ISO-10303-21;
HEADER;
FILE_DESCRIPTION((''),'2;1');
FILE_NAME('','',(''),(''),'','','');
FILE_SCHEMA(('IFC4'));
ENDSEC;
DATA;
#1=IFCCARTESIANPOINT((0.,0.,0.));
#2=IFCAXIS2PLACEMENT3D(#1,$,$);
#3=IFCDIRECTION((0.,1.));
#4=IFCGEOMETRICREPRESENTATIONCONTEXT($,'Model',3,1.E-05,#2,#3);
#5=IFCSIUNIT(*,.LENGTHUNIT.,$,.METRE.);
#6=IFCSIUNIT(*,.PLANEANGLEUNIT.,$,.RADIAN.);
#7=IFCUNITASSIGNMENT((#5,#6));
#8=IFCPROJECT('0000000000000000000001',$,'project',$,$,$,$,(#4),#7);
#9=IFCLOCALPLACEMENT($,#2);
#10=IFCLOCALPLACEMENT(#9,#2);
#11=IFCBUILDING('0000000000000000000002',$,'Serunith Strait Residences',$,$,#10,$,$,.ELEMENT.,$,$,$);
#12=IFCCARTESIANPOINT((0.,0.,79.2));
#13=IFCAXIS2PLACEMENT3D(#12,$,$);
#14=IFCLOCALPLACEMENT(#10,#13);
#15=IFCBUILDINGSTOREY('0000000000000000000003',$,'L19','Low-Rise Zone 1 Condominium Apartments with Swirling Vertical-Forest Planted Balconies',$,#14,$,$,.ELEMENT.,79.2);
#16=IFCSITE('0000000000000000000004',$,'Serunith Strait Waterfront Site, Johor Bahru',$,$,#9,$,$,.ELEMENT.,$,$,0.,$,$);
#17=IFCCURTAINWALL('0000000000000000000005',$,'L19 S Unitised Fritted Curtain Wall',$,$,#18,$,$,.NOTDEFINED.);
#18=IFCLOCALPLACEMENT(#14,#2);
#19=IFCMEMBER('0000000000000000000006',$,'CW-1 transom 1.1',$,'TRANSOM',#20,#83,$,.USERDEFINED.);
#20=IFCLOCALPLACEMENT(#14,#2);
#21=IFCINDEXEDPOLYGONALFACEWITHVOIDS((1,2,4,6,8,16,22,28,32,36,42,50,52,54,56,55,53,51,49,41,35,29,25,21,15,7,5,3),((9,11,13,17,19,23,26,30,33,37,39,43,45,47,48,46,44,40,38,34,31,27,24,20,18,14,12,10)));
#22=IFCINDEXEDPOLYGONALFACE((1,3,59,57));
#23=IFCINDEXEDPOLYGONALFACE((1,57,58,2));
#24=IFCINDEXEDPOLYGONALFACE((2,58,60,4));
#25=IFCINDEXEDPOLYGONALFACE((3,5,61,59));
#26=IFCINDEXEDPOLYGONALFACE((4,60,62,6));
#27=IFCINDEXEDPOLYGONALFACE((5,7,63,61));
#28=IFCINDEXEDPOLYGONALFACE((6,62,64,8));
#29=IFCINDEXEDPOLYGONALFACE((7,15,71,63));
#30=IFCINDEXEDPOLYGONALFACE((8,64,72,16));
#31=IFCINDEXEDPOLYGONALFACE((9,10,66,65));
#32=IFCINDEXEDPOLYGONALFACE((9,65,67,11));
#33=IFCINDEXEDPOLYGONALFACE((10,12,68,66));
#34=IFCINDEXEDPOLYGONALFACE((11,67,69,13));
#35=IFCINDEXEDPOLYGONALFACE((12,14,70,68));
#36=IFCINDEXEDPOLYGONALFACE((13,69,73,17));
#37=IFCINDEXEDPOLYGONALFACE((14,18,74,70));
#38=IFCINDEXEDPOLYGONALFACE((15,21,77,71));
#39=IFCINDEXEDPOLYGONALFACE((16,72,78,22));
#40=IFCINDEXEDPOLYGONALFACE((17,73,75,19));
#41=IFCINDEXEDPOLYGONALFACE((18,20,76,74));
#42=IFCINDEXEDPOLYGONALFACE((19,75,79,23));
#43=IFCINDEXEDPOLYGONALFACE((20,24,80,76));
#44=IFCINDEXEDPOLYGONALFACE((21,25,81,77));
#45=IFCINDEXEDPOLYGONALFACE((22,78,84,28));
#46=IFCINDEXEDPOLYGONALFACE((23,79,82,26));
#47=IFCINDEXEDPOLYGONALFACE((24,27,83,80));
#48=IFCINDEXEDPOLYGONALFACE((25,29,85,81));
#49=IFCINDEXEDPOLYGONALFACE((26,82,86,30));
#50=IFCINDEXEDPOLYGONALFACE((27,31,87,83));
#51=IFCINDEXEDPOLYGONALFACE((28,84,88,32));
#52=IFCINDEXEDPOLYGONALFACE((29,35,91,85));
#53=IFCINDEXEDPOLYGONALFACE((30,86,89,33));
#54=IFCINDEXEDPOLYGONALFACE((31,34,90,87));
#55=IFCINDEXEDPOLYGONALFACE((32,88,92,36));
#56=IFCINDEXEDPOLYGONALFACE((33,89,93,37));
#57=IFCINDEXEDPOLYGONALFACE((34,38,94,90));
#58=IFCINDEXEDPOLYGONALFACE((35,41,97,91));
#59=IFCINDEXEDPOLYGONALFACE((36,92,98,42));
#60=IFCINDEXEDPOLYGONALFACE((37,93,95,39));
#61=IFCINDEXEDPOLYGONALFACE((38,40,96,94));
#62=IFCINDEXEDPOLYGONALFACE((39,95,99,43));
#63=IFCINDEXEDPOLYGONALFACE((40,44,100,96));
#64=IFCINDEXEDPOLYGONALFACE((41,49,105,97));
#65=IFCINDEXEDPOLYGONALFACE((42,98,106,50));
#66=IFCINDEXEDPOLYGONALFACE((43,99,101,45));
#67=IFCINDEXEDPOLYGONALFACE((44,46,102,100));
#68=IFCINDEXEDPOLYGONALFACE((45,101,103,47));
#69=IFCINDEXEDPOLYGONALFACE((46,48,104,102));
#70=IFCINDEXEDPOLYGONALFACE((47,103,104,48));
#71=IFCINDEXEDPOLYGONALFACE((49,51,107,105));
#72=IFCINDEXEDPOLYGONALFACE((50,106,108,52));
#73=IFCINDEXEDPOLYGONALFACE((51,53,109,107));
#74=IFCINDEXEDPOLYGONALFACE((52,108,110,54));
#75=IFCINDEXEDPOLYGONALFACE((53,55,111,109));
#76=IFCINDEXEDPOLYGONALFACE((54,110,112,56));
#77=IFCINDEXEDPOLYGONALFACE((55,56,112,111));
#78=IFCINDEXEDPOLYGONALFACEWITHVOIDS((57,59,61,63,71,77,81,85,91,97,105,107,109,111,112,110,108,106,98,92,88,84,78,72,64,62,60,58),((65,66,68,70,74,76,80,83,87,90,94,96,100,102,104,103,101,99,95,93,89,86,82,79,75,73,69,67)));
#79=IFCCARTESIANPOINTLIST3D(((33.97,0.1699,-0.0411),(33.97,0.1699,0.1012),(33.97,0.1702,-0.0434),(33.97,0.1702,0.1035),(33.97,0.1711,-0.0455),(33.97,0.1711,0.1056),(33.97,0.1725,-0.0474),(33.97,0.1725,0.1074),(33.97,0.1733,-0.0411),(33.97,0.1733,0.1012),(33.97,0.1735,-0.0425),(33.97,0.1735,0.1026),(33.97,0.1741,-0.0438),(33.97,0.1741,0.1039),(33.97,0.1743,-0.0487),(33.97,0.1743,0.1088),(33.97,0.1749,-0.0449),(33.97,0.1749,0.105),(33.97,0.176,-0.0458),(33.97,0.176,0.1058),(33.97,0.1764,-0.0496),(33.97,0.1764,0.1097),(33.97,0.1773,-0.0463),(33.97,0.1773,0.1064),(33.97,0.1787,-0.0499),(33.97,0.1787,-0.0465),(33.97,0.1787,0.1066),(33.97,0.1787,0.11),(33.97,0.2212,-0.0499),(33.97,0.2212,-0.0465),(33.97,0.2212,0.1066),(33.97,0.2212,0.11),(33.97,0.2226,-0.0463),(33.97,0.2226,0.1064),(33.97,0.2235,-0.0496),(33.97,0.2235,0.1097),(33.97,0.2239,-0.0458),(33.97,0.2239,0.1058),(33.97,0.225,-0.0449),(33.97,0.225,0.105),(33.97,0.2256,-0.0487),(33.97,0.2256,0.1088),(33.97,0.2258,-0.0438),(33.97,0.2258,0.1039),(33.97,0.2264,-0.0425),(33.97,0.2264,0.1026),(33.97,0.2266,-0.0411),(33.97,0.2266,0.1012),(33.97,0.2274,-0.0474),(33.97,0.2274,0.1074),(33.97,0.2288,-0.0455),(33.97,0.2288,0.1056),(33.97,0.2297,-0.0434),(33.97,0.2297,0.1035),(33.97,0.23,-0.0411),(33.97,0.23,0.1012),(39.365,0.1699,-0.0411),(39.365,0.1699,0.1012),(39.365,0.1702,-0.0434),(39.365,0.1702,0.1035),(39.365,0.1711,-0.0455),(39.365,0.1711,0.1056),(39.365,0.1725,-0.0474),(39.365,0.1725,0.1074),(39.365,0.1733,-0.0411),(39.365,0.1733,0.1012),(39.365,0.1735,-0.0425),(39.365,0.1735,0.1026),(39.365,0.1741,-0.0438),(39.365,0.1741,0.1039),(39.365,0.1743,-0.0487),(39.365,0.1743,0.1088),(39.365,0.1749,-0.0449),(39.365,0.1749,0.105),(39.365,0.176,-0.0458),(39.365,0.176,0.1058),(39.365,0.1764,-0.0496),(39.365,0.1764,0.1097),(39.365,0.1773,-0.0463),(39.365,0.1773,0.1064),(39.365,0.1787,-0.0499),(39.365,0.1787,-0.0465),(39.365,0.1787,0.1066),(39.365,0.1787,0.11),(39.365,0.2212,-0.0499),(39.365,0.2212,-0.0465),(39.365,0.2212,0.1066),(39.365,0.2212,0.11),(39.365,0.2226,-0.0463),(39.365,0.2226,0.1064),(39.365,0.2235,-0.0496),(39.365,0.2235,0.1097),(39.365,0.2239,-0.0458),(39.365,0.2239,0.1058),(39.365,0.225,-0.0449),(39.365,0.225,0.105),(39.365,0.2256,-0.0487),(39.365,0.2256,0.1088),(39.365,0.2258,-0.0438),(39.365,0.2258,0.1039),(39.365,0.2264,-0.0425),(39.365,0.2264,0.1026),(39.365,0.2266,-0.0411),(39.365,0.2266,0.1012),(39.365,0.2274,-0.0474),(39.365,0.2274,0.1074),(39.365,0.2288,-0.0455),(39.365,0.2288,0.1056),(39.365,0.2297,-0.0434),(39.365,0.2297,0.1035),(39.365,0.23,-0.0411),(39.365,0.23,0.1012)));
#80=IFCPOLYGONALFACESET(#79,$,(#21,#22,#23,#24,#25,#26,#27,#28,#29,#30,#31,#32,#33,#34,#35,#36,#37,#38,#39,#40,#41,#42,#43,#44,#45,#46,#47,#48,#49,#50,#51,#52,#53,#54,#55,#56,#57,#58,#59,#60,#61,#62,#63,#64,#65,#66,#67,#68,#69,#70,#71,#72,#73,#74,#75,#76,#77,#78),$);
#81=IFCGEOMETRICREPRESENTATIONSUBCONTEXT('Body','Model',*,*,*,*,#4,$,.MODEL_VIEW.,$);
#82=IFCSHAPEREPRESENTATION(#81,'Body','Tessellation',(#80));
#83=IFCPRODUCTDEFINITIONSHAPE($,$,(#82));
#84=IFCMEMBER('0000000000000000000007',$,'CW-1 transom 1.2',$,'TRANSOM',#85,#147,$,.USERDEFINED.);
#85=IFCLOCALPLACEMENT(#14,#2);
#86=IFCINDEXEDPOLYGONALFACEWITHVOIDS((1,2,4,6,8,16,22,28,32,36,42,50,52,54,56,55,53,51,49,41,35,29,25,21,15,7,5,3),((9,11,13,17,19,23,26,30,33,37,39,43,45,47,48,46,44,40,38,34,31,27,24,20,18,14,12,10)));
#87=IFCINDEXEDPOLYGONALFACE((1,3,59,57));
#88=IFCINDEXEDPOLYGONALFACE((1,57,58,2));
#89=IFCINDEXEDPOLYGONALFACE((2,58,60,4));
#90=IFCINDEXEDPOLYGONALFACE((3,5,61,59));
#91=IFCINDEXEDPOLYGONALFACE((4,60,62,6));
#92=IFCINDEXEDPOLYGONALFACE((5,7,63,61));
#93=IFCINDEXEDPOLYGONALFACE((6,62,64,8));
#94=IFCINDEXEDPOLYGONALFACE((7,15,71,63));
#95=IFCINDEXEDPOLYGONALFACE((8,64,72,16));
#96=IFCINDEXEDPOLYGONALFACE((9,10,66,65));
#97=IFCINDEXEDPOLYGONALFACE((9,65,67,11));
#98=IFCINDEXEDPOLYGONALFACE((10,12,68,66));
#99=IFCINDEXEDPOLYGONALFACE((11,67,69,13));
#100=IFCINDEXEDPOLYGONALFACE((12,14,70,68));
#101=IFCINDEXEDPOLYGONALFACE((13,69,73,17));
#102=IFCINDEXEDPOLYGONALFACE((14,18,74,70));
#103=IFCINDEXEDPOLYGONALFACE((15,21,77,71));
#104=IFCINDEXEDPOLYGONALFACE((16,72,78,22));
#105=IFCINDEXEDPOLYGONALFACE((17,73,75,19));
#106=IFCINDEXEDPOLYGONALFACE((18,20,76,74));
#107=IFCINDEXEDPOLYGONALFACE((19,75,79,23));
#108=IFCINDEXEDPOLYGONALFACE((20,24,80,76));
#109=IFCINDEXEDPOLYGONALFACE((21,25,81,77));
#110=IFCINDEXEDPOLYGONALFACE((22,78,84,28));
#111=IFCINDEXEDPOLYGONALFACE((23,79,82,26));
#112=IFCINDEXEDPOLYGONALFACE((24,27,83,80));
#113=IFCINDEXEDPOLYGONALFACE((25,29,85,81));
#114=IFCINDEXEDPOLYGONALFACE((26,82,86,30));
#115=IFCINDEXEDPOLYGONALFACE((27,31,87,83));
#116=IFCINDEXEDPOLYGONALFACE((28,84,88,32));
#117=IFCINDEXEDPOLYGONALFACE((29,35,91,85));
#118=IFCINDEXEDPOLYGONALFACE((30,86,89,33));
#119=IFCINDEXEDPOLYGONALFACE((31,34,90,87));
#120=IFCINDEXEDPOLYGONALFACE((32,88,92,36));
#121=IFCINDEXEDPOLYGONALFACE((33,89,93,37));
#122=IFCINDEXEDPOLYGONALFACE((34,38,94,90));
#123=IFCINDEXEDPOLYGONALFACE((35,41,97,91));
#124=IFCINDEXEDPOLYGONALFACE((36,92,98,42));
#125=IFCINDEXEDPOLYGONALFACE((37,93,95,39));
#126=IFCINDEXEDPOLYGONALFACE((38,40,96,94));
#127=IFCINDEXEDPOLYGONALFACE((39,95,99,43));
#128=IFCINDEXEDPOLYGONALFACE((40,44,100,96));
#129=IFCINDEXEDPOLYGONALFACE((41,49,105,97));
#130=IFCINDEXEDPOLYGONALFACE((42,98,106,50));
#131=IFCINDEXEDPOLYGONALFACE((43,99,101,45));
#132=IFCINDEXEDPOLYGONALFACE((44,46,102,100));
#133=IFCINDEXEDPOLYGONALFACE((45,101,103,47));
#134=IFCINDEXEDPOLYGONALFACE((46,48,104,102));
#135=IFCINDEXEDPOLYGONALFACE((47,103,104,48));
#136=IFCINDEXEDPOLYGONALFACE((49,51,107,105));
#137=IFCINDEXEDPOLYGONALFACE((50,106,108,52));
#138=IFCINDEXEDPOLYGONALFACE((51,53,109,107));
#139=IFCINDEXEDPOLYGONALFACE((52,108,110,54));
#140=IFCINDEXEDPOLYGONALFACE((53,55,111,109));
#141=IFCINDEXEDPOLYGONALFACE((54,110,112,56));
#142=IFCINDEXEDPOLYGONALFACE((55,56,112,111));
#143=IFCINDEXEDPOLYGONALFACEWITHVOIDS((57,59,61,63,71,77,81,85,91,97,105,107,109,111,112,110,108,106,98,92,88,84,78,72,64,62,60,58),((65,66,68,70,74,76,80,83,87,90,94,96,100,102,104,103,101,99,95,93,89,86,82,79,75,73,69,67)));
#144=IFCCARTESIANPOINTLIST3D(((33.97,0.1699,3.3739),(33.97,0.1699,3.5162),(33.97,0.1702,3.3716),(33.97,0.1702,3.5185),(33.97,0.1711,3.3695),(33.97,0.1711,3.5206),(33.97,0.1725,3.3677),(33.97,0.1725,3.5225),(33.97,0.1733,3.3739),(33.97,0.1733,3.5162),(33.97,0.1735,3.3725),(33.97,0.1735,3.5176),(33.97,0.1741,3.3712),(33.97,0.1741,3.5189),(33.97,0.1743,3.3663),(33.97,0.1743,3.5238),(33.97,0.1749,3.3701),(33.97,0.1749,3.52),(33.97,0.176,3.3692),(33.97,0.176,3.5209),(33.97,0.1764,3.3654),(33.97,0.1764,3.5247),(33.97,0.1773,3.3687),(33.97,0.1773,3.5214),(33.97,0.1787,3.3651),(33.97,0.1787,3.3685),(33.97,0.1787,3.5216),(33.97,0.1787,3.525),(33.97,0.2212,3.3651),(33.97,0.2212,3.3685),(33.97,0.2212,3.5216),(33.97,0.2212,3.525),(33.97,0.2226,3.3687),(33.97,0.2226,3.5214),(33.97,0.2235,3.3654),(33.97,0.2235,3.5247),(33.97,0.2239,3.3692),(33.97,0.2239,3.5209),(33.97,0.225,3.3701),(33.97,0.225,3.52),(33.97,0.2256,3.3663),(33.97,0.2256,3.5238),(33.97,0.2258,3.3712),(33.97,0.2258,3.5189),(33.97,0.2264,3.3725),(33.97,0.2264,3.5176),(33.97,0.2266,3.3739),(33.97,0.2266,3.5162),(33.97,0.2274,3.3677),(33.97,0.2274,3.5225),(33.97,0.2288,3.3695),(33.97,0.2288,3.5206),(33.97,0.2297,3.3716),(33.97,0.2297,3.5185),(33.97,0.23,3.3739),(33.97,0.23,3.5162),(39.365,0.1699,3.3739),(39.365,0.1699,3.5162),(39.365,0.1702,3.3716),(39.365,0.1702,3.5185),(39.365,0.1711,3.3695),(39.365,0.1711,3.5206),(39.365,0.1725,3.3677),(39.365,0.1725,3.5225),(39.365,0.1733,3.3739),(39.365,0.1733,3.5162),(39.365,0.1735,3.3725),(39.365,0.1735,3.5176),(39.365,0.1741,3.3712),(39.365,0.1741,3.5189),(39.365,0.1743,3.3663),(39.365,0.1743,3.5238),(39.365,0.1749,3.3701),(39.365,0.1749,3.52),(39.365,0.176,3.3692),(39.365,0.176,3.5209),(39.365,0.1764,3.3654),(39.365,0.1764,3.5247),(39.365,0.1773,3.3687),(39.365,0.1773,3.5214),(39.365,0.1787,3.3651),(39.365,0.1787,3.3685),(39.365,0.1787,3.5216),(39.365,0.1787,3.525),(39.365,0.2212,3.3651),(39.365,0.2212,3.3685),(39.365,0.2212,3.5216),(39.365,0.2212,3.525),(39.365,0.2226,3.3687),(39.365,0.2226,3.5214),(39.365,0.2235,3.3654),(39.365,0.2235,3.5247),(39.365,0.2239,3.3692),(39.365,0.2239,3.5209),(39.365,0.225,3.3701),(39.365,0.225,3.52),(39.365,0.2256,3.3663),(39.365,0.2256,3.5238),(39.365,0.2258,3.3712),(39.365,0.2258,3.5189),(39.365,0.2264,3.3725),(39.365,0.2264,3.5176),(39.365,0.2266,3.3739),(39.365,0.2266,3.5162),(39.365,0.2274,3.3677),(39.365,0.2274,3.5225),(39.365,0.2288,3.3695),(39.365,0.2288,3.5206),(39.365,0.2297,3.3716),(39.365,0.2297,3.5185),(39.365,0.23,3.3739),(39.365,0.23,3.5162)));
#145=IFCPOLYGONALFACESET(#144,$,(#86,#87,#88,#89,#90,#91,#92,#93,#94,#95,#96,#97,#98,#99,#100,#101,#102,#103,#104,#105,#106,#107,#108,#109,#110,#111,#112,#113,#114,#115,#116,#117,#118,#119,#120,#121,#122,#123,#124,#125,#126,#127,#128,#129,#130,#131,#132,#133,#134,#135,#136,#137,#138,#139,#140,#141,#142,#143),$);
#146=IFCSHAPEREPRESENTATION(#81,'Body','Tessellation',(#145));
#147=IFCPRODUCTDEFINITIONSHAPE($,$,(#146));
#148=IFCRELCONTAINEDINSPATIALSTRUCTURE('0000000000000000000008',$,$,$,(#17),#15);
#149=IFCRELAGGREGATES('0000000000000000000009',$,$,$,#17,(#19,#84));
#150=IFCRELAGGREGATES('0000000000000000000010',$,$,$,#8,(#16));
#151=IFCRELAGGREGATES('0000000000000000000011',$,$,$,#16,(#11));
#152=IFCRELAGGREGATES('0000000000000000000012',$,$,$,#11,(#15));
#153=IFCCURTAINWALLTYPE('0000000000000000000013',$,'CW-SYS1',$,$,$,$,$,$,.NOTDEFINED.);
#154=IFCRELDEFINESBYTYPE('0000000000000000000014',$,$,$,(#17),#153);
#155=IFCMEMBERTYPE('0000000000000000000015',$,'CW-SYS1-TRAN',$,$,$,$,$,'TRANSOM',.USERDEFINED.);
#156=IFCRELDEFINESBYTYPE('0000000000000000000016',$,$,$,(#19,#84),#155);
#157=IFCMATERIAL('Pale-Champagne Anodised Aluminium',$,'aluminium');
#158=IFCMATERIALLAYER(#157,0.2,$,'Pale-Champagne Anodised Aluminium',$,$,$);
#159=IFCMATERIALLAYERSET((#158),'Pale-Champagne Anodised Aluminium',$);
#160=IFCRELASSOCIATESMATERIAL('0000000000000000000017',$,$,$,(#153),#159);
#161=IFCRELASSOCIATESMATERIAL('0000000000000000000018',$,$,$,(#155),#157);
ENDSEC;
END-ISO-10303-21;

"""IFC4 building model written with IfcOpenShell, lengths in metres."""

from ifc_helpers import new_model, si_unit, direction, frame, origin, origin_2d, place, context, subcontext, project, spatial, hollow_rectangle, extrude, source, transform, mapped, material, layer, layer_set, material_profile, profile_set, type_object, element, aggregate, save


model = new_model("IFC4")

# Units and contexts
model_context = context("Model", 3, precision=1e-05, world=origin(), true_north=direction((0.0, 1.0)))
body_context = subcontext(model_context, "Body", "Model", "MODEL_VIEW")
ifc_project = project(units=[si_unit("LENGTHUNIT", "METRE"), si_unit("PLANEANGLEUNIT", "RADIAN")], contexts=[model_context])

# Site, building, storey
site_placement = place(None, origin())
site = spatial("IfcSite", under=ifc_project, at=site_placement, Name="Serunith Strait Waterfront Site, Johor Bahru", CompositionType="ELEMENT", RefElevation=0.0)
building_placement = place(site_placement, origin())
building = spatial("IfcBuilding", under=site, at=building_placement, Name="Serunith Strait Residences", CompositionType="ELEMENT")
storey_placement = place(building_placement, frame((0.0, 0.0, 79.2)))
storey = spatial("IfcBuildingStorey", under=building, at=storey_placement, Name="L19", Description="Low-Rise Zone 1 Condominium Apartments with Swirling Vertical-Forest Planted Balconies", CompositionType="ELEMENT", Elevation=79.2)

# Curtain wall, members
ifc_material_1 = material(Name="Pale-Champagne Anodised Aluminium", Category="aluminium")
ifc_layer_1 = layer(ifc_material_1, 0.2, Name="Pale-Champagne Anodised Aluminium")
ifc_layer_set_1 = layer_set([ifc_layer_1], Name="Pale-Champagne Anodised Aluminium")
curtain_wall_type = type_object("IfcCurtainWallType", Name="CW-SYS1", PredefinedType="NOTDEFINED", material=ifc_layer_set_1)
curtain_wall_placement = place(storey_placement, origin())
curtain_wall = element("IfcCurtainWall", 1, at=curtain_wall_placement, inside=storey, type_object=curtain_wall_type, Name="L19 S Unitised Fritted Curtain Wall", PredefinedType="NOTDEFINED")
ifc_material_profile_1 = material_profile(ifc_material_1, hollow_rectangle(XDim=0.0601, YDim=0.1599, WallThickness=0.0034, InnerFilletRadius=0.0054, OuterFilletRadius=0.0088, at=origin_2d()), Name="ALU 160x60x3.5")
ifc_profile_set_1 = profile_set([ifc_material_profile_1], Name="Pale-Champagne Anodised Aluminium")
member_type_1 = type_object("IfcMemberType", Name="CW-SYS1-TRAN", ElementType="TRANSOM", PredefinedType="USERDEFINED", material=ifc_profile_set_1)
shared_shape_1 = source(origin(), body_context, "Body", "SweptSolid", [
    extrude(hollow_rectangle(XDim=0.0601, YDim=0.1599, WallThickness=0.0034, InnerFilletRadius=0.0054, OuterFilletRadius=0.0088, at=origin_2d()), origin(), (0.0, 0.0, 1.0), 5.395),
])
member_1_placement = place(storey_placement, frame((33.97, 0.2, 0.03), z_axis=(1.0, 0.0, 0.0), x_axis=(0.0, 1.0, 0.0)))
member_1 = element("IfcMember", 2, at=member_1_placement, type_object=member_type_1, Name="CW-1 transom 1.1", ObjectType="TRANSOM", PredefinedType="USERDEFINED", context=body_context, shape_type="MappedRepresentation", body=[
    mapped(shared_shape_1, transform((0.0, 0.0, 0.0), scale=1.0)),
])
member_2_placement = place(storey_placement, frame((33.97, 0.2, 3.4451), z_axis=(1.0, 0.0, 0.0), x_axis=(0.0, 1.0, 0.0)))
member_2 = element("IfcMember", 3, at=member_2_placement, type_object=member_type_1, Name="CW-1 transom 1.2", ObjectType="TRANSOM", PredefinedType="USERDEFINED", context=body_context, shape_type="MappedRepresentation", body=[
    mapped(shared_shape_1, transform((0.0, 0.0, 0.0), scale=1.0)),
])
aggregate(curtain_wall, [member_1, member_2])

save(model, "model.ifc")
